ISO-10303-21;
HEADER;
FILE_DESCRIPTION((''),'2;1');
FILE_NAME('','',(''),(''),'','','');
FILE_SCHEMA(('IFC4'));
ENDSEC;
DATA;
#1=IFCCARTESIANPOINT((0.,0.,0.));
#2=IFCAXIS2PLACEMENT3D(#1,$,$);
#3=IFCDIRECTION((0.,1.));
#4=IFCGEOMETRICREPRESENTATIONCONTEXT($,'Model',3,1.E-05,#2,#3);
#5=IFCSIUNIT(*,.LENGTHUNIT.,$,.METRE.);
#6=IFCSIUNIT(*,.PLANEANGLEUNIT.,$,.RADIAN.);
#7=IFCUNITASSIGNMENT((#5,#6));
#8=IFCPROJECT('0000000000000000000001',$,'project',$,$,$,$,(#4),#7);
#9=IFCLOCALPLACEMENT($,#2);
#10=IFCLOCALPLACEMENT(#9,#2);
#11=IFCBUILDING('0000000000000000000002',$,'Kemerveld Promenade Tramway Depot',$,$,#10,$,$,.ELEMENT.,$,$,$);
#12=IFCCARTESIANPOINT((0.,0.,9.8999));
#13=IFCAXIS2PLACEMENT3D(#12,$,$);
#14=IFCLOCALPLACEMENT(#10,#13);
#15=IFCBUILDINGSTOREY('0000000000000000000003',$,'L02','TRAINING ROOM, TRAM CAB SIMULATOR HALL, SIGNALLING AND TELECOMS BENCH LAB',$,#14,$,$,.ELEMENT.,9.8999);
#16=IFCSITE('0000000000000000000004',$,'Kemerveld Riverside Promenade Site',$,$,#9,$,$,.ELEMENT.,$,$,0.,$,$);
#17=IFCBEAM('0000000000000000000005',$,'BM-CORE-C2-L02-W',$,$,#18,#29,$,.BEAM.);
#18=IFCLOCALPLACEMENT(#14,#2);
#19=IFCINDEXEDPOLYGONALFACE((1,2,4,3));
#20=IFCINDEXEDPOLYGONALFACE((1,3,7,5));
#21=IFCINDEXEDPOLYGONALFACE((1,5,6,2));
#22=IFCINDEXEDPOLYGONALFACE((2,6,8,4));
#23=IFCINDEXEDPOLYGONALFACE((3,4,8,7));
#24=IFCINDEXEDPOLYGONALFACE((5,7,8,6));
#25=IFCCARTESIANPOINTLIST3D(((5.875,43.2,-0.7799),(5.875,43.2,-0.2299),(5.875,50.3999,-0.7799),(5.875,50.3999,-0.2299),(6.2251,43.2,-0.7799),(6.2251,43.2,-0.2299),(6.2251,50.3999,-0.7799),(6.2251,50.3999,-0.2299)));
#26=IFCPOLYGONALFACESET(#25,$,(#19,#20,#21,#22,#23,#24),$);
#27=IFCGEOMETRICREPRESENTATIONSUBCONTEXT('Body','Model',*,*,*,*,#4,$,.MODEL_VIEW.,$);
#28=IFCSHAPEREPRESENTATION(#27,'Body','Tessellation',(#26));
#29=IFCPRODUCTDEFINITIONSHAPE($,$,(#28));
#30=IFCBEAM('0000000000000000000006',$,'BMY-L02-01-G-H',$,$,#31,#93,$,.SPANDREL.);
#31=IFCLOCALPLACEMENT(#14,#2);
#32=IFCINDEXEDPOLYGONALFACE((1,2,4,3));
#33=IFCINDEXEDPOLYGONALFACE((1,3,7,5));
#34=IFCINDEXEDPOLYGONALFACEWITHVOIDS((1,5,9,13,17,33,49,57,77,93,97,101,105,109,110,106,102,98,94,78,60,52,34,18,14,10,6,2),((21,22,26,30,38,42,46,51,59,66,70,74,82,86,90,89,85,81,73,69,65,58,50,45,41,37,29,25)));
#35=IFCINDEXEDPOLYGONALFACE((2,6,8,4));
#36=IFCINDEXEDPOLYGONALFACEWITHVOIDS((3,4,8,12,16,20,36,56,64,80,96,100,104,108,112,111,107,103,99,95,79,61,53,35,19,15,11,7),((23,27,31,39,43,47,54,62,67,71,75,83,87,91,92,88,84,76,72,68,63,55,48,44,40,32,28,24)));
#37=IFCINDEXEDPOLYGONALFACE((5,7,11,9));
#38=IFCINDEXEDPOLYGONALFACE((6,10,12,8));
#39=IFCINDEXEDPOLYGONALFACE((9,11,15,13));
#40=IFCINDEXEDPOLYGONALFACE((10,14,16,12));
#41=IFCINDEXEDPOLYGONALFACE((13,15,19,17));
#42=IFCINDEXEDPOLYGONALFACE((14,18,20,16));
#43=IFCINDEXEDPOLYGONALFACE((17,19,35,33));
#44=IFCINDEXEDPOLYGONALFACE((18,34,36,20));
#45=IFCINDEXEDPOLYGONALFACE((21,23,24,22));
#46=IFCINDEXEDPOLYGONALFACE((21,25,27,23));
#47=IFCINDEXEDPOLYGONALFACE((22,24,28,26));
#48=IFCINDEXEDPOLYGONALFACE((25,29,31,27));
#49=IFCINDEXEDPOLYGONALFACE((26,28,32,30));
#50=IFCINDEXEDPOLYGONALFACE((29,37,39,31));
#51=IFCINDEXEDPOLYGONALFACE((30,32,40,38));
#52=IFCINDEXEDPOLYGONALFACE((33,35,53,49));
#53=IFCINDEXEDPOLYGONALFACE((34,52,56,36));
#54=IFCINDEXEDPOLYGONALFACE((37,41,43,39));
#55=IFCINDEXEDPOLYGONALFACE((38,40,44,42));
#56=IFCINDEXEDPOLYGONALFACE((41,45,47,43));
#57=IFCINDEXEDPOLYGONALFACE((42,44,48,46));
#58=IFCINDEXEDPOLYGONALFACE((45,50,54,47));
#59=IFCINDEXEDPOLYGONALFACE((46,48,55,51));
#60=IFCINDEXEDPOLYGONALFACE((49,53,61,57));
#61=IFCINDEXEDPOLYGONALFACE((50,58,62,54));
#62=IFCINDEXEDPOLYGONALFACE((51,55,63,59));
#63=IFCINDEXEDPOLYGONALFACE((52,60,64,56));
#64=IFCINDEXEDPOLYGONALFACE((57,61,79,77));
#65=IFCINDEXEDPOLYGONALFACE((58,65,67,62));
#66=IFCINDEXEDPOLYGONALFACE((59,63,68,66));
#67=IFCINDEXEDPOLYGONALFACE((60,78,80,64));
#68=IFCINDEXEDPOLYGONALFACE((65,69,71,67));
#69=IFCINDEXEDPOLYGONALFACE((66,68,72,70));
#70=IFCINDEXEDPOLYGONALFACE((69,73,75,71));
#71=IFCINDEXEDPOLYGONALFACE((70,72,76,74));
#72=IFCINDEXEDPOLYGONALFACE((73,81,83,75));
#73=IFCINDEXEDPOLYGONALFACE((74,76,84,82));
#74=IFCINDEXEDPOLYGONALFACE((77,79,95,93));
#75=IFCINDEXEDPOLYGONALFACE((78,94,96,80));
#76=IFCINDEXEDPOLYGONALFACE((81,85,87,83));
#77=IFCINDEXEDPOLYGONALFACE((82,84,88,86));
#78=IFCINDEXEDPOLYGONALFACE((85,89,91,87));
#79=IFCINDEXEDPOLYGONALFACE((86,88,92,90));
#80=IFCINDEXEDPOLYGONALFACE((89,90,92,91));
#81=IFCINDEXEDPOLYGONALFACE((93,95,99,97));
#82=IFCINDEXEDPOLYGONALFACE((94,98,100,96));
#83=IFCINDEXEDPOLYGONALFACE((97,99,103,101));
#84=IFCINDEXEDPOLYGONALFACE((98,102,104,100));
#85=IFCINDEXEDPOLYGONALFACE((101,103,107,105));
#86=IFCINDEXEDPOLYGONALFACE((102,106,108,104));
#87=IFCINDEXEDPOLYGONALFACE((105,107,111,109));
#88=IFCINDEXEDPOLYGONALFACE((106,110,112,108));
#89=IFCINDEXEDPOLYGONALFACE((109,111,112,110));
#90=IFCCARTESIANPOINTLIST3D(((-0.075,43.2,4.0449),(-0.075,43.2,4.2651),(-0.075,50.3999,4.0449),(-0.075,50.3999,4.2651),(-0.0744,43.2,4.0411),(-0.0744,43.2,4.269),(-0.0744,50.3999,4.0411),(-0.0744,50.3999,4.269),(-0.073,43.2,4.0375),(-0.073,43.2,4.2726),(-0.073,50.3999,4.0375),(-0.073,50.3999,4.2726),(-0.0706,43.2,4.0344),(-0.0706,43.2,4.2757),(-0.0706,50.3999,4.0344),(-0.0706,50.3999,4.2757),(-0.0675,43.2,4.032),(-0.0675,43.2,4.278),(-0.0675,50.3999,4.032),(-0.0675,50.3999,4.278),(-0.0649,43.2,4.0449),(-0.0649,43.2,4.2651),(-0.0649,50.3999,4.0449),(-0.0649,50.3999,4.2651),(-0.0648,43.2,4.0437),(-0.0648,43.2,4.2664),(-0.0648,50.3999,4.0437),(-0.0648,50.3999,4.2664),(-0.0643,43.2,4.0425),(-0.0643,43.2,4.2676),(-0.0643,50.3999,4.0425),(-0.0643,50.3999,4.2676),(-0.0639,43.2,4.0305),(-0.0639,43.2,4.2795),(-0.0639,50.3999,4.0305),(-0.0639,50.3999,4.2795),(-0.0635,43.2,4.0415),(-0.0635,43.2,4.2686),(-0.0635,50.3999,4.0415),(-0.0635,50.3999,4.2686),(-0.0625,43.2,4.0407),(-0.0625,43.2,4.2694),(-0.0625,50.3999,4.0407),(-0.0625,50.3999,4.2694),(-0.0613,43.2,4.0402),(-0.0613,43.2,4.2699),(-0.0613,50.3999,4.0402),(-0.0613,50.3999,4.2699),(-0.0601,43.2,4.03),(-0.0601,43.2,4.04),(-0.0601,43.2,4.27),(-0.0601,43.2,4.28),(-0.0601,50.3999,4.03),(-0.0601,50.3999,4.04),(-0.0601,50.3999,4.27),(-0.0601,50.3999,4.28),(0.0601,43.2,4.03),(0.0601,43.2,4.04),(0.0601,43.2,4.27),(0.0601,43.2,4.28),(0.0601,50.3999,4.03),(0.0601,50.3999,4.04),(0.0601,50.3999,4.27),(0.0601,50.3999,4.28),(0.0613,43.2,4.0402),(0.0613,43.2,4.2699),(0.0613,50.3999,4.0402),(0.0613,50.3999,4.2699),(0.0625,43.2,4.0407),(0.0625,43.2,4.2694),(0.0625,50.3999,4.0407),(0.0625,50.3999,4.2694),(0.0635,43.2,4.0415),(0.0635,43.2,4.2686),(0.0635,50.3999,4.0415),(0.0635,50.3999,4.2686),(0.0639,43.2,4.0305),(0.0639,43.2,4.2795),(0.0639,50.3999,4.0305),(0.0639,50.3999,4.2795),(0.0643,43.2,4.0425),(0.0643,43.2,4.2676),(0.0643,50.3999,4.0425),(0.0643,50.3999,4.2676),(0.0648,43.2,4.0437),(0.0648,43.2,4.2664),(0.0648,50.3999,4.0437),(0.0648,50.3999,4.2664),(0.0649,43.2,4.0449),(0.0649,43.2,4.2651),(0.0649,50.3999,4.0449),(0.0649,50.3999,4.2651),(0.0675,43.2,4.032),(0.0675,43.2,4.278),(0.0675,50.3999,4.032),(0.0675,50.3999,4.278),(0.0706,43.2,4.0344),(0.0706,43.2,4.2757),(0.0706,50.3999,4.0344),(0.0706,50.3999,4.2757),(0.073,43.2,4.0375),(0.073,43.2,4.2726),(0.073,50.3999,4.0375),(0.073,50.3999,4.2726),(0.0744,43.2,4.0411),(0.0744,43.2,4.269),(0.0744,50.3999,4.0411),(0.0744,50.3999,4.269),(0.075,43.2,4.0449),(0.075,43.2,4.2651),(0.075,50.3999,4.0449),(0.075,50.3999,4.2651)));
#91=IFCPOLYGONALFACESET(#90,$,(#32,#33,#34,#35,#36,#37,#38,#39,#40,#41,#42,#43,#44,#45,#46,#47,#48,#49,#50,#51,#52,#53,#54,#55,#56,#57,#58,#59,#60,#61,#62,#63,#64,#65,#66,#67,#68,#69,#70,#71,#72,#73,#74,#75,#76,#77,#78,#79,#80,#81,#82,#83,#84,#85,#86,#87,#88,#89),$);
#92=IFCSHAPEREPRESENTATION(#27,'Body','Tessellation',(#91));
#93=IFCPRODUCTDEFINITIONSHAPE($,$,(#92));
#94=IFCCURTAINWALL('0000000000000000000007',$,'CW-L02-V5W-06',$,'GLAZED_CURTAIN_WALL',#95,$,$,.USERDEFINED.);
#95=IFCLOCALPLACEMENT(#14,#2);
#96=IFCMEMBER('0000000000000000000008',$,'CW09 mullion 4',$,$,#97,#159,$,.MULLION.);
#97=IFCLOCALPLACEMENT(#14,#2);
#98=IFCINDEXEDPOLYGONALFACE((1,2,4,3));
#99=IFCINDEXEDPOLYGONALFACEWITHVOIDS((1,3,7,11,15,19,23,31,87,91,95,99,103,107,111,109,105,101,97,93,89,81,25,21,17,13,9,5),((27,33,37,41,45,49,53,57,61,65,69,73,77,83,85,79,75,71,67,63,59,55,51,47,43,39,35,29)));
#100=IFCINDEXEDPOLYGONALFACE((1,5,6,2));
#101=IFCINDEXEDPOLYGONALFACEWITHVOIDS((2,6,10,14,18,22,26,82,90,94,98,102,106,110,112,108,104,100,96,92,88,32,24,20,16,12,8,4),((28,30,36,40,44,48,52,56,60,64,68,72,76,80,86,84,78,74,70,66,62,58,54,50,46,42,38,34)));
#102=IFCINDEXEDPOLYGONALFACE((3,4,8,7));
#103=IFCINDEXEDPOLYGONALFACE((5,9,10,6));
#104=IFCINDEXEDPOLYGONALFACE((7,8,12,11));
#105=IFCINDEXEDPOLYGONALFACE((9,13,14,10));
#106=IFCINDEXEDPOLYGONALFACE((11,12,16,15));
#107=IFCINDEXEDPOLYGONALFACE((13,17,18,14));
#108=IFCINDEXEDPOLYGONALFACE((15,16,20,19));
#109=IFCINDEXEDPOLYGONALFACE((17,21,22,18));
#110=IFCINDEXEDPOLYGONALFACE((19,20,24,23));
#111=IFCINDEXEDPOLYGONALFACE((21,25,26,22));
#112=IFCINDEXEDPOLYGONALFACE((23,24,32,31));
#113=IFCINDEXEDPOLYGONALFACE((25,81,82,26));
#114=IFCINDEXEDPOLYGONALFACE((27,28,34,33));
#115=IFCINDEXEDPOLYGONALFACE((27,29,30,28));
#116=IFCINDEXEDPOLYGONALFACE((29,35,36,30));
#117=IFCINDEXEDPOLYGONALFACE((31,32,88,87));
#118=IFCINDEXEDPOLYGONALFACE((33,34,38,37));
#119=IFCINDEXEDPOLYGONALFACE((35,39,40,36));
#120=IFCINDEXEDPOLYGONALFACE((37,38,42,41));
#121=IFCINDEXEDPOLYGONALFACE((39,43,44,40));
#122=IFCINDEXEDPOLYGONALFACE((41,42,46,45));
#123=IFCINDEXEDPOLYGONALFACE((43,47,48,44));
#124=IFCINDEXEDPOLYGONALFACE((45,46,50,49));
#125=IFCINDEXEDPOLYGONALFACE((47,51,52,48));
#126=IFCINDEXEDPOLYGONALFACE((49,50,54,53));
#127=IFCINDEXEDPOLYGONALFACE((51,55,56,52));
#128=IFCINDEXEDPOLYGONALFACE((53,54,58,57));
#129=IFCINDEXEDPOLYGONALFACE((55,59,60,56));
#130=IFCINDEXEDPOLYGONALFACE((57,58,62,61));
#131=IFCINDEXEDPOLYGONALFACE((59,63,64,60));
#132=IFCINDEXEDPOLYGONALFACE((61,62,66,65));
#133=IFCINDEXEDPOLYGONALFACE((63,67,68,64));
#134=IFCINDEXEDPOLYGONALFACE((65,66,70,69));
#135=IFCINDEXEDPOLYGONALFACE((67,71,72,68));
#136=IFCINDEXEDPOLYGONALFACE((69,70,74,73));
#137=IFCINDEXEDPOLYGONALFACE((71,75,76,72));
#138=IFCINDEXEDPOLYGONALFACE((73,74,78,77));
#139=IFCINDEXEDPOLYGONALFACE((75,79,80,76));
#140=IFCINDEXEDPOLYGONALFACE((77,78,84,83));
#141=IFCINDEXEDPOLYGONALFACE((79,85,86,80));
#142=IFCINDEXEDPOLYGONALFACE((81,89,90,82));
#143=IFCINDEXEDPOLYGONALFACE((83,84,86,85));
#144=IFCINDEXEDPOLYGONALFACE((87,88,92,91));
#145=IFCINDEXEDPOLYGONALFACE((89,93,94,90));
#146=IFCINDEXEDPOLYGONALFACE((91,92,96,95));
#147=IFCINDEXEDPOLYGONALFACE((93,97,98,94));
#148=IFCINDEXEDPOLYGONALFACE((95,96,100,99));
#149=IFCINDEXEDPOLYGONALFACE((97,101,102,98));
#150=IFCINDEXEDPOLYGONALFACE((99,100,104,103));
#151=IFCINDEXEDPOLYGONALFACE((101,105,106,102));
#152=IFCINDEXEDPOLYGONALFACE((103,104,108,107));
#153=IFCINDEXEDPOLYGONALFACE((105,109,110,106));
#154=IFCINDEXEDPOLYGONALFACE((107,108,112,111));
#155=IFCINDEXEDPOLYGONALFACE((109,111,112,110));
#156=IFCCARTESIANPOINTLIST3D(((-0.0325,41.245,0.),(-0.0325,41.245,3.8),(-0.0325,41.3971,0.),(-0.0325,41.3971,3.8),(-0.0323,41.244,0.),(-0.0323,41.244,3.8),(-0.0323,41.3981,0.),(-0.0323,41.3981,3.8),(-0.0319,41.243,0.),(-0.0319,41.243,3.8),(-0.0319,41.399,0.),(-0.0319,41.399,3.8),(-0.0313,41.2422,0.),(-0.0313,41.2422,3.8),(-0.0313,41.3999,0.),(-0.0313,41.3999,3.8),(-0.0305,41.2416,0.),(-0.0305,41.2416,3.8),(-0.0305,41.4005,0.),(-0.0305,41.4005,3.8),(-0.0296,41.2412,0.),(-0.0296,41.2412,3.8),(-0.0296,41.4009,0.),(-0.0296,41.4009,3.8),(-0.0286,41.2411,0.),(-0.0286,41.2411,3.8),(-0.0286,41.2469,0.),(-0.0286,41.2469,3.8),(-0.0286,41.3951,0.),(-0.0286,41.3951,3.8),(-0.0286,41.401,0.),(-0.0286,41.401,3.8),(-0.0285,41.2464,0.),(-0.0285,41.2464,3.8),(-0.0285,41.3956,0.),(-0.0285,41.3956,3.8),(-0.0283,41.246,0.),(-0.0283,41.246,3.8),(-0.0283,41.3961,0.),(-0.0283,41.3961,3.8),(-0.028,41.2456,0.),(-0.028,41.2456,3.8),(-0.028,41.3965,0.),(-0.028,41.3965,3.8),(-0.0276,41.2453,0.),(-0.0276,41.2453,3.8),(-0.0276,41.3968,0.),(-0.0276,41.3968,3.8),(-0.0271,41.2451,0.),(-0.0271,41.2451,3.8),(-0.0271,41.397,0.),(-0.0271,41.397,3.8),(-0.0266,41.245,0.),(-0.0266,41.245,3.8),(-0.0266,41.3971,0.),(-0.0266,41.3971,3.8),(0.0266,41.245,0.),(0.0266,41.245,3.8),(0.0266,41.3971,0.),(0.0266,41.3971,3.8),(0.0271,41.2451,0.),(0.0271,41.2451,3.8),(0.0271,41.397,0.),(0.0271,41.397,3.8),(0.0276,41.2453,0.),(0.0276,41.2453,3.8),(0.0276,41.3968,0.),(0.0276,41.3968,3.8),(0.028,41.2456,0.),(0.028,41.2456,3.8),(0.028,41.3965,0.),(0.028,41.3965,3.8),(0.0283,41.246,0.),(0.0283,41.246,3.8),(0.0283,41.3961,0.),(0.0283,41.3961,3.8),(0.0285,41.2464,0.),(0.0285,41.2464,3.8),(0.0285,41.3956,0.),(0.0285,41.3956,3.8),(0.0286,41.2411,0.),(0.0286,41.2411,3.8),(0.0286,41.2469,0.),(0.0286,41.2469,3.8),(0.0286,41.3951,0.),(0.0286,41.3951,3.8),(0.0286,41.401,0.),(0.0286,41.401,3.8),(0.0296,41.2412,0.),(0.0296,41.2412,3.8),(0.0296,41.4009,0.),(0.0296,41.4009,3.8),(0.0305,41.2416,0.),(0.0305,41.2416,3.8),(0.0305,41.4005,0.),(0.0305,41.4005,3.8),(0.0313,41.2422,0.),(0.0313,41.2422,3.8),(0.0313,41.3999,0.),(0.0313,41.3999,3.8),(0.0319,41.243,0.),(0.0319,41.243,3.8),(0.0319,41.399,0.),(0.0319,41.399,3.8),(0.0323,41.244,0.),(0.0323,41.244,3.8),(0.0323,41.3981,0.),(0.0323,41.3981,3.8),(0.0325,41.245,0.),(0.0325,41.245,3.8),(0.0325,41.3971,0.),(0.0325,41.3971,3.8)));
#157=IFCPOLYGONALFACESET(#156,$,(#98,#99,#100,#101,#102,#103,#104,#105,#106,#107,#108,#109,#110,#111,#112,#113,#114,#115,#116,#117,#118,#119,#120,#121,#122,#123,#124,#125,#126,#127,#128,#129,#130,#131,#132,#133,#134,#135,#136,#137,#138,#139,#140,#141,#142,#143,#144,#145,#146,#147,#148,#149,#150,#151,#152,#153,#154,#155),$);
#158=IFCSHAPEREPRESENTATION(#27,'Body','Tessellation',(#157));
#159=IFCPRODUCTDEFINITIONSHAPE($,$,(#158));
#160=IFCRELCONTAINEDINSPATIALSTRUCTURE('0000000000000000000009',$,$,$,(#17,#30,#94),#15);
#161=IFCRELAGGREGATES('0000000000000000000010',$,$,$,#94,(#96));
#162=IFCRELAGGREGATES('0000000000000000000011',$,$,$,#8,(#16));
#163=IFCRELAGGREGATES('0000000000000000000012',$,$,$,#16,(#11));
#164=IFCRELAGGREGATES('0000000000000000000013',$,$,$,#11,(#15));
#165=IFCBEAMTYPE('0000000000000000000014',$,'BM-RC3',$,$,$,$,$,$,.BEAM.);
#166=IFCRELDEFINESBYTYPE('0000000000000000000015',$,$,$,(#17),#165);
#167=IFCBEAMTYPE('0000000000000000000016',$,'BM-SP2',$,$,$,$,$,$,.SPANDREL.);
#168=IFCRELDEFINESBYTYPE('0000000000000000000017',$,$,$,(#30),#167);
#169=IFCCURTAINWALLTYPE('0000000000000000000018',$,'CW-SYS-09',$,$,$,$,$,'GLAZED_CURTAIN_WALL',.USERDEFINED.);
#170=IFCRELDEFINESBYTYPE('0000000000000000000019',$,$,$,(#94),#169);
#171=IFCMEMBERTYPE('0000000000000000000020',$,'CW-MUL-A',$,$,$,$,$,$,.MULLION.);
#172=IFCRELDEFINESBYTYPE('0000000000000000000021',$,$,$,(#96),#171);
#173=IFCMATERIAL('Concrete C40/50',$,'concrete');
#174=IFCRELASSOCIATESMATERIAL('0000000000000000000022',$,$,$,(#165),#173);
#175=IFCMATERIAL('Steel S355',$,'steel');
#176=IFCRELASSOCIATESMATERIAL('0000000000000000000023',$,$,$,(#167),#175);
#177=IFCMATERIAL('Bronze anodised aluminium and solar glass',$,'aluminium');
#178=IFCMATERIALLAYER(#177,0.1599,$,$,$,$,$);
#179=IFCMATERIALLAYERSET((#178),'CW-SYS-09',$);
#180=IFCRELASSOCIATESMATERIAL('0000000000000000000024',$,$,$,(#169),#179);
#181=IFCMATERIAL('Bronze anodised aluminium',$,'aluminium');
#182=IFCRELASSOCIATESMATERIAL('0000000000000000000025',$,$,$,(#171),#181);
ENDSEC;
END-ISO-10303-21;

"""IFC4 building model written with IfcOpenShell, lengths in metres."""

from ifc_helpers import new_model, si_unit, direction, frame, origin, origin_2d, place, context, subcontext, project, spatial, rectangle, hollow_rectangle, extrude, material, layer, layer_set, material_profile, profile_set, type_object, element, aggregate, save


model = new_model("IFC4")

# Units and contexts
model_context = context("Model", 3, precision=1e-05, world=origin(), true_north=direction((0.0, 1.0)))
body_context = subcontext(model_context, "Body", "Model", "MODEL_VIEW")
ifc_project = project(units=[si_unit("LENGTHUNIT", "METRE"), si_unit("PLANEANGLEUNIT", "RADIAN")], contexts=[model_context])

# Site, building, storey
site_placement = place(None, origin())
site = spatial("IfcSite", under=ifc_project, at=site_placement, Name="Kemerveld Riverside Promenade Site", CompositionType="ELEMENT", RefElevation=0.0)
building_placement = place(site_placement, origin())
building = spatial("IfcBuilding", under=site, at=building_placement, Name="Kemerveld Promenade Tramway Depot", CompositionType="ELEMENT")
storey_placement = place(building_placement, frame((0.0, 0.0, 9.8999)))
storey = spatial("IfcBuildingStorey", under=building, at=storey_placement, Name="L02", Description="TRAINING ROOM, TRAM CAB SIMULATOR HALL, SIGNALLING AND TELECOMS BENCH LAB", CompositionType="ELEMENT", Elevation=9.8999)

# Shared definitions
ifc_material_1 = material(Name="Steel S355", Category="steel")

# Beams
ifc_material_2 = material(Name="Concrete C40/50", Category="concrete")
ifc_material_profile_1 = material_profile(ifc_material_2, rectangle(XDim=0.3501, YDim=0.55, at=origin_2d()), Name="RC-BM-350x550")
ifc_profile_set_1 = profile_set([ifc_material_profile_1], Name="Concrete C40/50")
beam_type_1 = type_object("IfcBeamType", Name="BM-RC3", PredefinedType="BEAM", material=ifc_profile_set_1)
beam_1_placement = place(storey_placement, frame((6.05, 43.2, -0.5049), z_axis=(0.0, 1.0, 0.0), x_axis=(-1.0, 0.0, 0.0)))
element("IfcBeam", 1, at=beam_1_placement, inside=storey, type_object=beam_type_1, Name="BM-CORE-C2-L02-W", PredefinedType="BEAM", context=body_context, shape_type="SweptSolid", body=[
    extrude(rectangle(XDim=0.3501, YDim=0.55, at=origin_2d()), origin(), (0.0, 0.0, 1.0), 7.2),
])
ifc_material_profile_2 = material_profile(ifc_material_1, hollow_rectangle(XDim=0.1499, YDim=0.25, WallThickness=0.01, InnerFilletRadius=0.0049, OuterFilletRadius=0.0149, at=origin_2d()), Name="250x150x10.0 RHS")
ifc_profile_set_2 = profile_set([ifc_material_profile_2], Name="Steel S355")
beam_type_2 = type_object("IfcBeamType", Name="BM-SP2", PredefinedType="SPANDREL", material=ifc_profile_set_2)
beam_2_placement = place(storey_placement, frame((0.0, 43.2, 4.155), z_axis=(0.0, 1.0, 0.0), x_axis=(-1.0, 0.0, 0.0)))
element("IfcBeam", 2, at=beam_2_placement, inside=storey, type_object=beam_type_2, Name="BMY-L02-01-G-H", PredefinedType="SPANDREL", context=body_context, shape_type="SweptSolid", body=[
    extrude(hollow_rectangle(XDim=0.1499, YDim=0.25, WallThickness=0.01, InnerFilletRadius=0.0049, OuterFilletRadius=0.0149, at=origin_2d()), origin(), (0.0, 0.0, 1.0), 7.2),
])

# Curtain wall, member
ifc_material_3 = material(Name="Bronze anodised aluminium and solar glass", Category="aluminium")
ifc_layer_1 = layer(ifc_material_3, 0.1599)
ifc_layer_set_1 = layer_set([ifc_layer_1], Name="CW-SYS-09")
curtain_wall_type = type_object("IfcCurtainWallType", Name="CW-SYS-09", ElementType="GLAZED_CURTAIN_WALL", PredefinedType="USERDEFINED", material=ifc_layer_set_1)
curtain_wall_placement = place(storey_placement, origin())
curtain_wall = element("IfcCurtainWall", 3, at=curtain_wall_placement, inside=storey, type_object=curtain_wall_type, Name="CW-L02-V5W-06", ObjectType="GLAZED_CURTAIN_WALL", PredefinedType="USERDEFINED")
ifc_material_4 = material(Name="Bronze anodised aluminium", Category="aluminium")
ifc_material_profile_3 = material_profile(ifc_material_4, hollow_rectangle(XDim=0.0649, YDim=0.1599, WallThickness=0.0039, InnerFilletRadius=0.002, OuterFilletRadius=0.0039, at=origin_2d()), Name="CW-MUL-160x65")
ifc_profile_set_3 = profile_set([ifc_material_profile_3], Name="Bronze anodised aluminium")
member_type_1 = type_object("IfcMemberType", Name="CW-MUL-A", PredefinedType="MULLION", material=ifc_profile_set_3)
member_1_placement = place(storey_placement, frame((0.0, 41.321, 0.0), z_axis=(0.0, 0.0, 1.0), x_axis=(-1.0, 0.0, 0.0)))
member_1 = element("IfcMember", 4, at=member_1_placement, type_object=member_type_1, Name="CW09 mullion 4", PredefinedType="MULLION", context=body_context, shape_type="SweptSolid", body=[
    extrude(hollow_rectangle(XDim=0.0649, YDim=0.1599, WallThickness=0.0039, InnerFilletRadius=0.002, OuterFilletRadius=0.0039, at=origin_2d()), origin(), (0.0, 0.0, 1.0), 3.8),
])
aggregate(curtain_wall, [member_1])

save(model, "model.ifc")
